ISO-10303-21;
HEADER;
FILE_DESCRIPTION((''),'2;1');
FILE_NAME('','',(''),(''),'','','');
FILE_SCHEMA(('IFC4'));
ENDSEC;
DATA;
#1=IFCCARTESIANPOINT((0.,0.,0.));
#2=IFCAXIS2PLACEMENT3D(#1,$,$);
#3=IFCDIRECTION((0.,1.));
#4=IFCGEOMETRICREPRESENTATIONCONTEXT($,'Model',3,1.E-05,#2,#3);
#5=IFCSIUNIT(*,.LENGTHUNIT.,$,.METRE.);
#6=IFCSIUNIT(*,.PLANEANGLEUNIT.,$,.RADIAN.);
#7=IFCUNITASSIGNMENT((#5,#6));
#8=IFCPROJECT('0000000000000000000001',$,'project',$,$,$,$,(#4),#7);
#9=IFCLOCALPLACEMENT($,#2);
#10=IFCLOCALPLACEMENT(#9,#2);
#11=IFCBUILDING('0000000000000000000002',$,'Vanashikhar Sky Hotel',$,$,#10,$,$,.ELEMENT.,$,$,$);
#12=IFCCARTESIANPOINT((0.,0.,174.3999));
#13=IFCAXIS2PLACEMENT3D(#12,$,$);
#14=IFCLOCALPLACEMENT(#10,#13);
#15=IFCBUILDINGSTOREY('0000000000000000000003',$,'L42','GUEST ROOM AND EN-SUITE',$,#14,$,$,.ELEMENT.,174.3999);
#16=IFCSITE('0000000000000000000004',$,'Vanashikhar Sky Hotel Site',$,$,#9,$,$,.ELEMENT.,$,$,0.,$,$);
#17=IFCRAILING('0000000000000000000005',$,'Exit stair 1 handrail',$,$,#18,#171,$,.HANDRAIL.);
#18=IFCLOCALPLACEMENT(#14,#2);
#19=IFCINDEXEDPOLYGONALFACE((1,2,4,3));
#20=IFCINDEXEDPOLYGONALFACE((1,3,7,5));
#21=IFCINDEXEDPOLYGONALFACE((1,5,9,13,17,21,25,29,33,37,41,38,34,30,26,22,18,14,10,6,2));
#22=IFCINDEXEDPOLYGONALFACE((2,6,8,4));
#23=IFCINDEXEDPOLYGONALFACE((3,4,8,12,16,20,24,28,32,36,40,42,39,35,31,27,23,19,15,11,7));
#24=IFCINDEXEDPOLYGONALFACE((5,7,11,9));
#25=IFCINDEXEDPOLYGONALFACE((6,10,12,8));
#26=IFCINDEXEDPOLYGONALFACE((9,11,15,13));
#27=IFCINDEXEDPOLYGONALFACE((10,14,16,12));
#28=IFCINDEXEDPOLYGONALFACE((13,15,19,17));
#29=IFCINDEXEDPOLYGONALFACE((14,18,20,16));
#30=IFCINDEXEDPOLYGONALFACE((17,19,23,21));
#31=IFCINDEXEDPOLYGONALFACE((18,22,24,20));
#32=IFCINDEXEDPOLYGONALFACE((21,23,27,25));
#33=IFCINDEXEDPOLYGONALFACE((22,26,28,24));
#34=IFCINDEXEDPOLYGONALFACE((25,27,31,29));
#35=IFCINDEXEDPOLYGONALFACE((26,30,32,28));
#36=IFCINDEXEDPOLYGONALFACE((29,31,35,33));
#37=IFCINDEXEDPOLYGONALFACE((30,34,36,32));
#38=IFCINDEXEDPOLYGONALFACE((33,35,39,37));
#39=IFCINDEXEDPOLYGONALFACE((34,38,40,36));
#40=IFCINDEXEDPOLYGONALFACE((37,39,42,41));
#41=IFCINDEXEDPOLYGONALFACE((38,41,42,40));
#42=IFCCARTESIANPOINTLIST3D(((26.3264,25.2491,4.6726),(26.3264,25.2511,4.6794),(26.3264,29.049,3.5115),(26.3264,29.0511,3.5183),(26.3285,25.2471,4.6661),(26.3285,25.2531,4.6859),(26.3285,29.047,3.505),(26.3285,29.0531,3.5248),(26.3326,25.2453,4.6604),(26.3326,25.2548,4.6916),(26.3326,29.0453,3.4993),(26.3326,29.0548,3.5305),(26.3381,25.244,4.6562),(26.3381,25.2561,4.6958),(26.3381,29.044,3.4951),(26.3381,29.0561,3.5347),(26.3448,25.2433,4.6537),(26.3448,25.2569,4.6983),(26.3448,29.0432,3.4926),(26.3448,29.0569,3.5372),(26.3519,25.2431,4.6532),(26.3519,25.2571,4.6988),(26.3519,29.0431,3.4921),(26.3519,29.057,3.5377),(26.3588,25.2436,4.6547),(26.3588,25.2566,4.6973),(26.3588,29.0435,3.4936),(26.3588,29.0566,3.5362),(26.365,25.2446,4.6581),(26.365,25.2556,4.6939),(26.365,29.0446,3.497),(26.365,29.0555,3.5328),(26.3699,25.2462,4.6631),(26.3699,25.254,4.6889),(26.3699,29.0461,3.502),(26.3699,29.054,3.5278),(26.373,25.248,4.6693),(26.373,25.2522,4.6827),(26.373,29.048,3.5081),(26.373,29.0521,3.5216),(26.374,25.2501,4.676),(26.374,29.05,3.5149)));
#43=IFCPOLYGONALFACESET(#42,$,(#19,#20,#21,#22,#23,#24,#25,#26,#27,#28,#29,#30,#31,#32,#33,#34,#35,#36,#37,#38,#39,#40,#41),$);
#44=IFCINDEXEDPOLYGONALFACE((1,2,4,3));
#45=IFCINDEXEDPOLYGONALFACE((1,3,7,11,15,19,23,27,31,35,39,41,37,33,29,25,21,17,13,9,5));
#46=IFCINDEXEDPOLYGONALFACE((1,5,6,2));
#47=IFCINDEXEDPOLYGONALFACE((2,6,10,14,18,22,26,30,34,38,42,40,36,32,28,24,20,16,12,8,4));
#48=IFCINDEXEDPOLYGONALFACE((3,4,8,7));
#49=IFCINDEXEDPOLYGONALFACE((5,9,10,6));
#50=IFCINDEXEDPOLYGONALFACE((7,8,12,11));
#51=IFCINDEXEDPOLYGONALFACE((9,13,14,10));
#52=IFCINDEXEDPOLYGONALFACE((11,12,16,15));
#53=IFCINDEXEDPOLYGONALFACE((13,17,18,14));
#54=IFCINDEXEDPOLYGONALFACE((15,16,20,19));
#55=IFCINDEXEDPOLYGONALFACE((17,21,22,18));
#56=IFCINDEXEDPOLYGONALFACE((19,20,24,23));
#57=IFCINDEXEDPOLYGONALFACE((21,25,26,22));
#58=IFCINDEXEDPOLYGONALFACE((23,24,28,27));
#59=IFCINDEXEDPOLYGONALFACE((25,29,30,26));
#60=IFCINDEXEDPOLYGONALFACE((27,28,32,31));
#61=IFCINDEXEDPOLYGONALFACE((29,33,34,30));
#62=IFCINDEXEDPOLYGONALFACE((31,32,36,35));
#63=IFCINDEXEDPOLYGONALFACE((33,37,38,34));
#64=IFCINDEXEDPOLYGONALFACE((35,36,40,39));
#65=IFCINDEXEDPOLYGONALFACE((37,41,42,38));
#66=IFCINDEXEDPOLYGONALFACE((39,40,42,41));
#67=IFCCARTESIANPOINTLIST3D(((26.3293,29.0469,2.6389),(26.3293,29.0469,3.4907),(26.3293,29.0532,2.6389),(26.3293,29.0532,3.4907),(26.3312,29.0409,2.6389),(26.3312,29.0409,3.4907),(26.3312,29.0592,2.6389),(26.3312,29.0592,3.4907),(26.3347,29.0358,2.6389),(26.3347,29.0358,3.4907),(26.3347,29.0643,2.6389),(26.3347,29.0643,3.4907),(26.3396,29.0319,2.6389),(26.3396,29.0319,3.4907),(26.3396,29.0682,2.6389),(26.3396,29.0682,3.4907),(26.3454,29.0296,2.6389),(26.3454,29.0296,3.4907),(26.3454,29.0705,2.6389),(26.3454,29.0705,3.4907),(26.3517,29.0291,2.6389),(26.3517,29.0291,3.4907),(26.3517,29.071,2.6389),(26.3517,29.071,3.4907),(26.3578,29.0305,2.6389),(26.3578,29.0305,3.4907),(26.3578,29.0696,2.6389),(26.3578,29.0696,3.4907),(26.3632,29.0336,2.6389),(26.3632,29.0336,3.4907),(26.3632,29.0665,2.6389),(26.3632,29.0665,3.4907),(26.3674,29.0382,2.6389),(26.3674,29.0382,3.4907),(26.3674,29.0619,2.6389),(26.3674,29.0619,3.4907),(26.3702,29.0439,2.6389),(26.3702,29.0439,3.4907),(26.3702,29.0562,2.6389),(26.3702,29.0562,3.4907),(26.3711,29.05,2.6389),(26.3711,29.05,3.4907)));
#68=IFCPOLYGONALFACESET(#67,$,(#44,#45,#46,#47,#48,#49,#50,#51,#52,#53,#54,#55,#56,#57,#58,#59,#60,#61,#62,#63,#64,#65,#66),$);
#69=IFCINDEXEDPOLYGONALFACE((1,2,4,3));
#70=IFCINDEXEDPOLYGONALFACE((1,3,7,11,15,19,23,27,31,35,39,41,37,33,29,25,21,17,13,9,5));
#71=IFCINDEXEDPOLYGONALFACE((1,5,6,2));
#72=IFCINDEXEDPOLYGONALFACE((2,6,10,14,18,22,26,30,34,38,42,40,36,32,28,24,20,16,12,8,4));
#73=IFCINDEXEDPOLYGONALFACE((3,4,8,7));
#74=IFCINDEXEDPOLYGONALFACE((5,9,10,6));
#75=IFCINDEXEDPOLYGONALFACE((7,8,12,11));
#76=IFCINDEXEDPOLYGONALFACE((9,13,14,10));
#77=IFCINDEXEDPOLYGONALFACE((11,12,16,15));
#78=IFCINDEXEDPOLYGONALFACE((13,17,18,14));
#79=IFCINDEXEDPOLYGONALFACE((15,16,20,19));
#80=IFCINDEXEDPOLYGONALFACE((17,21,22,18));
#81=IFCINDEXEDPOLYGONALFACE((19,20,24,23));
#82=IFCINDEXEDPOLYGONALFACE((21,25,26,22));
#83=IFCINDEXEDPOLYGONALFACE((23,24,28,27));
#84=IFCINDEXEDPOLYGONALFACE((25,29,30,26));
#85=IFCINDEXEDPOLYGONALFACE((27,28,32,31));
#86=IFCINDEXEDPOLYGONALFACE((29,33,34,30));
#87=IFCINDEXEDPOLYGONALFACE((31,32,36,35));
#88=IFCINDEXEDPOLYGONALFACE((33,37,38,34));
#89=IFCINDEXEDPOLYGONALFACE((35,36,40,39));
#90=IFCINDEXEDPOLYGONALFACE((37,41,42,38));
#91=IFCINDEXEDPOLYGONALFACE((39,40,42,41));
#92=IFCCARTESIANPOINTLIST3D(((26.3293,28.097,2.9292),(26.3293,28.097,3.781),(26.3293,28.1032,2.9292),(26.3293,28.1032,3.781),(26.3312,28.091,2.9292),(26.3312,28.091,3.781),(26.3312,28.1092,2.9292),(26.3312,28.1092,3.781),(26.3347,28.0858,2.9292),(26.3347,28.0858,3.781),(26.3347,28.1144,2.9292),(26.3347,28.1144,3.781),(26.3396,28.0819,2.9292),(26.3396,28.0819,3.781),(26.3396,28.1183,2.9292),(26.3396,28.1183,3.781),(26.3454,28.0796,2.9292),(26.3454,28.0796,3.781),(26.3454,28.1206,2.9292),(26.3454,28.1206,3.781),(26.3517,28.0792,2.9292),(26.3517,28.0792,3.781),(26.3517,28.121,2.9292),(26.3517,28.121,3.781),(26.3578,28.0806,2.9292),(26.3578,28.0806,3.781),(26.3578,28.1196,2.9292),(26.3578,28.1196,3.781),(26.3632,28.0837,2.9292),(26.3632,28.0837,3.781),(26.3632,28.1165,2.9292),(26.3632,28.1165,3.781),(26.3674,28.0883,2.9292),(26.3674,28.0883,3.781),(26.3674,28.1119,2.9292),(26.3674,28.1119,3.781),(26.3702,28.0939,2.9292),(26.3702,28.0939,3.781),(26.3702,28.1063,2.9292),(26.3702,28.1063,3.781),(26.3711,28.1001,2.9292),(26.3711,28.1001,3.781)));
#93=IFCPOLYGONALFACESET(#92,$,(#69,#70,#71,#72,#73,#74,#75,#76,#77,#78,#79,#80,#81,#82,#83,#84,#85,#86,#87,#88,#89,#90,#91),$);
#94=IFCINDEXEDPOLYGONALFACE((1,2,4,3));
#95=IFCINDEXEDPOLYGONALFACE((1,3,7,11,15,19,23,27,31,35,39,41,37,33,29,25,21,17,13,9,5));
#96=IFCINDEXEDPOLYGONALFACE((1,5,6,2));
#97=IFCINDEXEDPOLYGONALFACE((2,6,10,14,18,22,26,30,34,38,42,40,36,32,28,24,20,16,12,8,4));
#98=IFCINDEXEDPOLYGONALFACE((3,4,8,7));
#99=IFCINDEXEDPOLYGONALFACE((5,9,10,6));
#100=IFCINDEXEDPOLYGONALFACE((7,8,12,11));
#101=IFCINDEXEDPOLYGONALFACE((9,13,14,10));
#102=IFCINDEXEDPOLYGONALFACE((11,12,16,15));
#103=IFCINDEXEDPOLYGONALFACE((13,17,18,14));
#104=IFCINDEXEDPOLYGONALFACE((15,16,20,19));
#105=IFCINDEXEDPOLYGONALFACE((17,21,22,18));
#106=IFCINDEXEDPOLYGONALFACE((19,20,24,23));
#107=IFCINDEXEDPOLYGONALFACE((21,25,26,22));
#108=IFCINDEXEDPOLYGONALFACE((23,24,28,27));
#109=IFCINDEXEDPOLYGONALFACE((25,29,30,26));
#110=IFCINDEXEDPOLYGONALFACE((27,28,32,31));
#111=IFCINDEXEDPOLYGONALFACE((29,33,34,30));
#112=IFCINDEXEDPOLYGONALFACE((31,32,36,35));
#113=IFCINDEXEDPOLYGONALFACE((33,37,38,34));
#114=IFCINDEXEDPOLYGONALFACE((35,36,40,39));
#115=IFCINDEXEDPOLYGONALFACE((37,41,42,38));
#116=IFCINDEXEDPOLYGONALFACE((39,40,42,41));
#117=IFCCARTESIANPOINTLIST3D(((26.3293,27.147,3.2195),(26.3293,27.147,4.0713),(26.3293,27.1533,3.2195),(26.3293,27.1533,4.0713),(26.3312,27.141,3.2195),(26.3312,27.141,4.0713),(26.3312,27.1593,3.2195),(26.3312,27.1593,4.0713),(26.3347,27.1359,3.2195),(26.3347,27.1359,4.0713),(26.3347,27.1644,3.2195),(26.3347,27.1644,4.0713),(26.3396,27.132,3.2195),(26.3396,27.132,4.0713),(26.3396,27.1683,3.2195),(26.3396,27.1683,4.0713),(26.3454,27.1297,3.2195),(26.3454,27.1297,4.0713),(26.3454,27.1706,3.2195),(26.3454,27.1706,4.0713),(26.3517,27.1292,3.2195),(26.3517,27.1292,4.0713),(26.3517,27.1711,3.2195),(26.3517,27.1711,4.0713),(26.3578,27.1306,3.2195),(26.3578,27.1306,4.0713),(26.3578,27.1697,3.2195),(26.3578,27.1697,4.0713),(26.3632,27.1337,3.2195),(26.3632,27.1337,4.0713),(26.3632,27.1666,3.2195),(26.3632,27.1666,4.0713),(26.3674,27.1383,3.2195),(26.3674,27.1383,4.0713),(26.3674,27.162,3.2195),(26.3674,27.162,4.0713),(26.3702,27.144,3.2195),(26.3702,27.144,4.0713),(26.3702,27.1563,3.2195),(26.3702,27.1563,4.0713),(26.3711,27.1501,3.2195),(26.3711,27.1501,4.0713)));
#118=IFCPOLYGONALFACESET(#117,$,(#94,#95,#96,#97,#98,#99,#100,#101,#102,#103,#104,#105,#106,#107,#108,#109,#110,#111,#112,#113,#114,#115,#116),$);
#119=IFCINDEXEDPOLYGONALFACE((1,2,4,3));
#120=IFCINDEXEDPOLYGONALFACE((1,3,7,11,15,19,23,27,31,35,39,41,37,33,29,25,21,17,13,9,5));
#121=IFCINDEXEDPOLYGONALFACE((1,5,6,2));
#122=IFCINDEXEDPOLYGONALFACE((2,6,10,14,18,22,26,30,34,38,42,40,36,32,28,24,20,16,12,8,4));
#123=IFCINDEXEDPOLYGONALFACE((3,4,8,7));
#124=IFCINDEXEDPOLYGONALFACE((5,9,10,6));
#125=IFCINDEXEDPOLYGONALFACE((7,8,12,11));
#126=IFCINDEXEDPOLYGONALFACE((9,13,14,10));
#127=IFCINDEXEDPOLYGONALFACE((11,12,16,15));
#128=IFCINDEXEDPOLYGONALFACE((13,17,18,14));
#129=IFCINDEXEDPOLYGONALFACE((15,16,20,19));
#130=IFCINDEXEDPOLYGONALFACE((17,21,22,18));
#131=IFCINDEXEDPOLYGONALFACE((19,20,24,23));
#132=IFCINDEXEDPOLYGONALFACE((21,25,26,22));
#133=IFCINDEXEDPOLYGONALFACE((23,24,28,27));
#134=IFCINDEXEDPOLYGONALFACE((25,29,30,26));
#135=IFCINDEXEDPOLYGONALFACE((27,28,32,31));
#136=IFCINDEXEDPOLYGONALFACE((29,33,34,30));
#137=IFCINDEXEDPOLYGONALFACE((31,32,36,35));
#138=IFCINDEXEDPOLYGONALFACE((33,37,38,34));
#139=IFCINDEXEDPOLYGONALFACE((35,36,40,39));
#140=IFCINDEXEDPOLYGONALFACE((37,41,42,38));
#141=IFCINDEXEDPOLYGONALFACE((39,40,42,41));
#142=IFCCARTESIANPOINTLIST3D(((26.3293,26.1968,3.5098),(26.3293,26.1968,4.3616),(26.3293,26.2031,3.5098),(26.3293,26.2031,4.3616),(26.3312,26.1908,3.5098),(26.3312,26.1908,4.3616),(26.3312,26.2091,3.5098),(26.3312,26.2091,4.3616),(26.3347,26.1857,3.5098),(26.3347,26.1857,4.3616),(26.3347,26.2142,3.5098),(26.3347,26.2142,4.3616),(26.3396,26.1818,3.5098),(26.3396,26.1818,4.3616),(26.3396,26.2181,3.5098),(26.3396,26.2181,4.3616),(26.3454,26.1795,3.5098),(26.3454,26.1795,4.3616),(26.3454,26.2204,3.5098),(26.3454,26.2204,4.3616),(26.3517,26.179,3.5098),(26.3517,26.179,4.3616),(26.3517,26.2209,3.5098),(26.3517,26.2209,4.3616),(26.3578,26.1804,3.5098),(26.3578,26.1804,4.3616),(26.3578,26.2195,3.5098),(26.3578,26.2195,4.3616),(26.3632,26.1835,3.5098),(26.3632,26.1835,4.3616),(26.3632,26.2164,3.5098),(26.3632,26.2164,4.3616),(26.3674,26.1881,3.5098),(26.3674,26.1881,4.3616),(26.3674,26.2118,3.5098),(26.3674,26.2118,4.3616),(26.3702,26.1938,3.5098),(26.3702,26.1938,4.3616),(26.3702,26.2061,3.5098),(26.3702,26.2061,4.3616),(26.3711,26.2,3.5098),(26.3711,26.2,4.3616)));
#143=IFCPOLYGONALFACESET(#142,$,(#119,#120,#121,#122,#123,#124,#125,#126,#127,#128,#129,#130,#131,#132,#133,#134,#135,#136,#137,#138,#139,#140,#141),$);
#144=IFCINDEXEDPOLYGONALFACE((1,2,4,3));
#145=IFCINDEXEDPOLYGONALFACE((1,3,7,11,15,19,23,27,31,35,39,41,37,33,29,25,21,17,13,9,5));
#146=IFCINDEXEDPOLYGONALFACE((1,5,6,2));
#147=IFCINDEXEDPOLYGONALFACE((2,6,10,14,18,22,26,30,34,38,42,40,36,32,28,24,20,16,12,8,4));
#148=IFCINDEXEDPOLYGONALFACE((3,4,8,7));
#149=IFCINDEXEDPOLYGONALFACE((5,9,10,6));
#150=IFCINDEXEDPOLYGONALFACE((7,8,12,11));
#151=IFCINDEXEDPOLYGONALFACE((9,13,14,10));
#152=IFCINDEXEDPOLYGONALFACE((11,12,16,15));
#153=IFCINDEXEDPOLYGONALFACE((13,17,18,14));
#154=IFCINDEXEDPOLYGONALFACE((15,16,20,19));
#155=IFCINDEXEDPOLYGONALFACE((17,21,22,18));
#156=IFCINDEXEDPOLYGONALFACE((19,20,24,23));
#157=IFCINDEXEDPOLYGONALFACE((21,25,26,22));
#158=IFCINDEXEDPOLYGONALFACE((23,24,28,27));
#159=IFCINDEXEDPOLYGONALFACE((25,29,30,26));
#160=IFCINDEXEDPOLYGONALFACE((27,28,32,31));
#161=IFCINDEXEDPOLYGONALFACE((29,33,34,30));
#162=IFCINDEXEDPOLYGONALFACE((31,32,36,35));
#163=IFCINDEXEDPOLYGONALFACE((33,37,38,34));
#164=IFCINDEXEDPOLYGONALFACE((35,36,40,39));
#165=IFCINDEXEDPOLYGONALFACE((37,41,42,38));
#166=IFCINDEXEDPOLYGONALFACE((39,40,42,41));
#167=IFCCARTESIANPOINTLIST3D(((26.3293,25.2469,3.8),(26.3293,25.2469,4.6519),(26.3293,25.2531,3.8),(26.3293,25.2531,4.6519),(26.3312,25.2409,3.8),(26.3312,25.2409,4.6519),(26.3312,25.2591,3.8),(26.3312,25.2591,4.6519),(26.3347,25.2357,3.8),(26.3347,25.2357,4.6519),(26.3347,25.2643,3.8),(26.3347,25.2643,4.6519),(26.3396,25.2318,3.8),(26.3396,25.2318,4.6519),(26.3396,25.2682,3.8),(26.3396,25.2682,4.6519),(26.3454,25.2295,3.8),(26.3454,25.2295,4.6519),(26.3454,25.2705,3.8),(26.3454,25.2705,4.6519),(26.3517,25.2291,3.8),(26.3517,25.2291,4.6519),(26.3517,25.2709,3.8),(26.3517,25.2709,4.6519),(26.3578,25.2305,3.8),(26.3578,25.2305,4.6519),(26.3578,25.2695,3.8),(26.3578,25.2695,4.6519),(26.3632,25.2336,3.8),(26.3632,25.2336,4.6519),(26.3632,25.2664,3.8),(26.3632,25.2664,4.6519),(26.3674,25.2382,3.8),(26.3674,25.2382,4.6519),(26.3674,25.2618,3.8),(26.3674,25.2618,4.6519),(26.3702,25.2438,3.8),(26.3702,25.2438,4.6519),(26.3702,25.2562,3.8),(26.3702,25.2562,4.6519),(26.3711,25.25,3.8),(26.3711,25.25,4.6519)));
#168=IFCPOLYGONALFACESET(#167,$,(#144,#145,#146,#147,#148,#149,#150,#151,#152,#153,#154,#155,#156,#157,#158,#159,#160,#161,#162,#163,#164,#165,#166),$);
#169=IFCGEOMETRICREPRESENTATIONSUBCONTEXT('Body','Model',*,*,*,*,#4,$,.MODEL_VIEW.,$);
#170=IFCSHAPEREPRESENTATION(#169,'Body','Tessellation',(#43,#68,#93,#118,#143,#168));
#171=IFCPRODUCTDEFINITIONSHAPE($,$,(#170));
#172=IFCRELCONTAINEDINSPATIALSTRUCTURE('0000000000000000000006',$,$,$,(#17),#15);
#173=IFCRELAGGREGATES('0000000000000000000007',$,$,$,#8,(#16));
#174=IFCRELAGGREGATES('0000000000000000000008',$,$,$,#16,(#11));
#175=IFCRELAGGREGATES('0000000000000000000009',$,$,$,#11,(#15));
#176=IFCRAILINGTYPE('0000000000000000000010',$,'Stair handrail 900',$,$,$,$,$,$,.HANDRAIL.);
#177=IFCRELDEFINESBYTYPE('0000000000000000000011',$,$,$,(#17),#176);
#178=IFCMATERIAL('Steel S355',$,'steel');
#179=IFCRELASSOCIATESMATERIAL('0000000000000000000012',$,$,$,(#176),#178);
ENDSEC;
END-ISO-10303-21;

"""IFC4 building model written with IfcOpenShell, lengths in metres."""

from ifc_helpers import new_model, si_unit, direction, frame, origin, origin_2d, place, context, subcontext, project, spatial, circle, extrude, source, transform, mapped, material, type_object, element, save


model = new_model("IFC4")

# Units and contexts
model_context = context("Model", 3, precision=1e-05, world=origin(), true_north=direction((0.0, 1.0)))
body_context = subcontext(model_context, "Body", "Model", "MODEL_VIEW")
ifc_project = project(units=[si_unit("LENGTHUNIT", "METRE"), si_unit("PLANEANGLEUNIT", "RADIAN")], contexts=[model_context])

# Site, building, storey
site_placement = place(None, origin())
site = spatial("IfcSite", under=ifc_project, at=site_placement, Name="Vanashikhar Sky Hotel Site", CompositionType="ELEMENT", RefElevation=0.0)
building_placement = place(site_placement, origin())
building = spatial("IfcBuilding", under=site, at=building_placement, Name="Vanashikhar Sky Hotel", CompositionType="ELEMENT")
storey_placement = place(building_placement, frame((0.0, 0.0, 174.3999)))
storey = spatial("IfcBuildingStorey", under=building, at=storey_placement, Name="L42", Description="GUEST ROOM AND EN-SUITE", CompositionType="ELEMENT", Elevation=174.3999)

# Railing
ifc_material_1 = material(Name="Steel S355", Category="steel")
railing_type_1 = type_object("IfcRailingType", Name="Stair handrail 900", PredefinedType="HANDRAIL", material=ifc_material_1)
shared_shape_1 = source(origin(), body_context, "Body", "SweptSolid", [
    extrude(circle(Radius=0.0239, at=origin_2d()), frame((0.0, 0.0, 0.876), z_axis=(0.0, -0.956351, 0.29222), x_axis=(1.0, 0.0, 0.0)), (0.0, 0.0, 1.0), 3.9734),
    extrude(circle(Radius=0.021, at=origin_2d()), origin(), (0.0, 0.0, 1.0), 0.8518),
    extrude(circle(Radius=0.021, at=origin_2d()), frame((0.0, -0.95, 0.2903)), (0.0, 0.0, 1.0), 0.8518),
    extrude(circle(Radius=0.021, at=origin_2d()), frame((0.0, -1.8999, 0.5806)), (0.0, 0.0, 1.0), 0.8518),
    extrude(circle(Radius=0.021, at=origin_2d()), frame((0.0, -2.8501, 0.8708)), (0.0, 0.0, 1.0), 0.8518),
    extrude(circle(Radius=0.021, at=origin_2d()), frame((0.0, -3.8, 1.1611)), (0.0, 0.0, 1.0), 0.8518),
])
for number, where, name in (
    (1, (26.3501, 29.05, 2.6389), "Exit stair 1 handrail"),
):
    element("IfcRailing", number, at=place(storey_placement, frame(where)), inside=storey, type_object=railing_type_1, Name=name, PredefinedType="HANDRAIL", context=body_context, shape_type="MappedRepresentation", body=[
        mapped(shared_shape_1, transform((0.0, 0.0, 0.0), scale=1.0)),
    ])

save(model, "model.ifc")
